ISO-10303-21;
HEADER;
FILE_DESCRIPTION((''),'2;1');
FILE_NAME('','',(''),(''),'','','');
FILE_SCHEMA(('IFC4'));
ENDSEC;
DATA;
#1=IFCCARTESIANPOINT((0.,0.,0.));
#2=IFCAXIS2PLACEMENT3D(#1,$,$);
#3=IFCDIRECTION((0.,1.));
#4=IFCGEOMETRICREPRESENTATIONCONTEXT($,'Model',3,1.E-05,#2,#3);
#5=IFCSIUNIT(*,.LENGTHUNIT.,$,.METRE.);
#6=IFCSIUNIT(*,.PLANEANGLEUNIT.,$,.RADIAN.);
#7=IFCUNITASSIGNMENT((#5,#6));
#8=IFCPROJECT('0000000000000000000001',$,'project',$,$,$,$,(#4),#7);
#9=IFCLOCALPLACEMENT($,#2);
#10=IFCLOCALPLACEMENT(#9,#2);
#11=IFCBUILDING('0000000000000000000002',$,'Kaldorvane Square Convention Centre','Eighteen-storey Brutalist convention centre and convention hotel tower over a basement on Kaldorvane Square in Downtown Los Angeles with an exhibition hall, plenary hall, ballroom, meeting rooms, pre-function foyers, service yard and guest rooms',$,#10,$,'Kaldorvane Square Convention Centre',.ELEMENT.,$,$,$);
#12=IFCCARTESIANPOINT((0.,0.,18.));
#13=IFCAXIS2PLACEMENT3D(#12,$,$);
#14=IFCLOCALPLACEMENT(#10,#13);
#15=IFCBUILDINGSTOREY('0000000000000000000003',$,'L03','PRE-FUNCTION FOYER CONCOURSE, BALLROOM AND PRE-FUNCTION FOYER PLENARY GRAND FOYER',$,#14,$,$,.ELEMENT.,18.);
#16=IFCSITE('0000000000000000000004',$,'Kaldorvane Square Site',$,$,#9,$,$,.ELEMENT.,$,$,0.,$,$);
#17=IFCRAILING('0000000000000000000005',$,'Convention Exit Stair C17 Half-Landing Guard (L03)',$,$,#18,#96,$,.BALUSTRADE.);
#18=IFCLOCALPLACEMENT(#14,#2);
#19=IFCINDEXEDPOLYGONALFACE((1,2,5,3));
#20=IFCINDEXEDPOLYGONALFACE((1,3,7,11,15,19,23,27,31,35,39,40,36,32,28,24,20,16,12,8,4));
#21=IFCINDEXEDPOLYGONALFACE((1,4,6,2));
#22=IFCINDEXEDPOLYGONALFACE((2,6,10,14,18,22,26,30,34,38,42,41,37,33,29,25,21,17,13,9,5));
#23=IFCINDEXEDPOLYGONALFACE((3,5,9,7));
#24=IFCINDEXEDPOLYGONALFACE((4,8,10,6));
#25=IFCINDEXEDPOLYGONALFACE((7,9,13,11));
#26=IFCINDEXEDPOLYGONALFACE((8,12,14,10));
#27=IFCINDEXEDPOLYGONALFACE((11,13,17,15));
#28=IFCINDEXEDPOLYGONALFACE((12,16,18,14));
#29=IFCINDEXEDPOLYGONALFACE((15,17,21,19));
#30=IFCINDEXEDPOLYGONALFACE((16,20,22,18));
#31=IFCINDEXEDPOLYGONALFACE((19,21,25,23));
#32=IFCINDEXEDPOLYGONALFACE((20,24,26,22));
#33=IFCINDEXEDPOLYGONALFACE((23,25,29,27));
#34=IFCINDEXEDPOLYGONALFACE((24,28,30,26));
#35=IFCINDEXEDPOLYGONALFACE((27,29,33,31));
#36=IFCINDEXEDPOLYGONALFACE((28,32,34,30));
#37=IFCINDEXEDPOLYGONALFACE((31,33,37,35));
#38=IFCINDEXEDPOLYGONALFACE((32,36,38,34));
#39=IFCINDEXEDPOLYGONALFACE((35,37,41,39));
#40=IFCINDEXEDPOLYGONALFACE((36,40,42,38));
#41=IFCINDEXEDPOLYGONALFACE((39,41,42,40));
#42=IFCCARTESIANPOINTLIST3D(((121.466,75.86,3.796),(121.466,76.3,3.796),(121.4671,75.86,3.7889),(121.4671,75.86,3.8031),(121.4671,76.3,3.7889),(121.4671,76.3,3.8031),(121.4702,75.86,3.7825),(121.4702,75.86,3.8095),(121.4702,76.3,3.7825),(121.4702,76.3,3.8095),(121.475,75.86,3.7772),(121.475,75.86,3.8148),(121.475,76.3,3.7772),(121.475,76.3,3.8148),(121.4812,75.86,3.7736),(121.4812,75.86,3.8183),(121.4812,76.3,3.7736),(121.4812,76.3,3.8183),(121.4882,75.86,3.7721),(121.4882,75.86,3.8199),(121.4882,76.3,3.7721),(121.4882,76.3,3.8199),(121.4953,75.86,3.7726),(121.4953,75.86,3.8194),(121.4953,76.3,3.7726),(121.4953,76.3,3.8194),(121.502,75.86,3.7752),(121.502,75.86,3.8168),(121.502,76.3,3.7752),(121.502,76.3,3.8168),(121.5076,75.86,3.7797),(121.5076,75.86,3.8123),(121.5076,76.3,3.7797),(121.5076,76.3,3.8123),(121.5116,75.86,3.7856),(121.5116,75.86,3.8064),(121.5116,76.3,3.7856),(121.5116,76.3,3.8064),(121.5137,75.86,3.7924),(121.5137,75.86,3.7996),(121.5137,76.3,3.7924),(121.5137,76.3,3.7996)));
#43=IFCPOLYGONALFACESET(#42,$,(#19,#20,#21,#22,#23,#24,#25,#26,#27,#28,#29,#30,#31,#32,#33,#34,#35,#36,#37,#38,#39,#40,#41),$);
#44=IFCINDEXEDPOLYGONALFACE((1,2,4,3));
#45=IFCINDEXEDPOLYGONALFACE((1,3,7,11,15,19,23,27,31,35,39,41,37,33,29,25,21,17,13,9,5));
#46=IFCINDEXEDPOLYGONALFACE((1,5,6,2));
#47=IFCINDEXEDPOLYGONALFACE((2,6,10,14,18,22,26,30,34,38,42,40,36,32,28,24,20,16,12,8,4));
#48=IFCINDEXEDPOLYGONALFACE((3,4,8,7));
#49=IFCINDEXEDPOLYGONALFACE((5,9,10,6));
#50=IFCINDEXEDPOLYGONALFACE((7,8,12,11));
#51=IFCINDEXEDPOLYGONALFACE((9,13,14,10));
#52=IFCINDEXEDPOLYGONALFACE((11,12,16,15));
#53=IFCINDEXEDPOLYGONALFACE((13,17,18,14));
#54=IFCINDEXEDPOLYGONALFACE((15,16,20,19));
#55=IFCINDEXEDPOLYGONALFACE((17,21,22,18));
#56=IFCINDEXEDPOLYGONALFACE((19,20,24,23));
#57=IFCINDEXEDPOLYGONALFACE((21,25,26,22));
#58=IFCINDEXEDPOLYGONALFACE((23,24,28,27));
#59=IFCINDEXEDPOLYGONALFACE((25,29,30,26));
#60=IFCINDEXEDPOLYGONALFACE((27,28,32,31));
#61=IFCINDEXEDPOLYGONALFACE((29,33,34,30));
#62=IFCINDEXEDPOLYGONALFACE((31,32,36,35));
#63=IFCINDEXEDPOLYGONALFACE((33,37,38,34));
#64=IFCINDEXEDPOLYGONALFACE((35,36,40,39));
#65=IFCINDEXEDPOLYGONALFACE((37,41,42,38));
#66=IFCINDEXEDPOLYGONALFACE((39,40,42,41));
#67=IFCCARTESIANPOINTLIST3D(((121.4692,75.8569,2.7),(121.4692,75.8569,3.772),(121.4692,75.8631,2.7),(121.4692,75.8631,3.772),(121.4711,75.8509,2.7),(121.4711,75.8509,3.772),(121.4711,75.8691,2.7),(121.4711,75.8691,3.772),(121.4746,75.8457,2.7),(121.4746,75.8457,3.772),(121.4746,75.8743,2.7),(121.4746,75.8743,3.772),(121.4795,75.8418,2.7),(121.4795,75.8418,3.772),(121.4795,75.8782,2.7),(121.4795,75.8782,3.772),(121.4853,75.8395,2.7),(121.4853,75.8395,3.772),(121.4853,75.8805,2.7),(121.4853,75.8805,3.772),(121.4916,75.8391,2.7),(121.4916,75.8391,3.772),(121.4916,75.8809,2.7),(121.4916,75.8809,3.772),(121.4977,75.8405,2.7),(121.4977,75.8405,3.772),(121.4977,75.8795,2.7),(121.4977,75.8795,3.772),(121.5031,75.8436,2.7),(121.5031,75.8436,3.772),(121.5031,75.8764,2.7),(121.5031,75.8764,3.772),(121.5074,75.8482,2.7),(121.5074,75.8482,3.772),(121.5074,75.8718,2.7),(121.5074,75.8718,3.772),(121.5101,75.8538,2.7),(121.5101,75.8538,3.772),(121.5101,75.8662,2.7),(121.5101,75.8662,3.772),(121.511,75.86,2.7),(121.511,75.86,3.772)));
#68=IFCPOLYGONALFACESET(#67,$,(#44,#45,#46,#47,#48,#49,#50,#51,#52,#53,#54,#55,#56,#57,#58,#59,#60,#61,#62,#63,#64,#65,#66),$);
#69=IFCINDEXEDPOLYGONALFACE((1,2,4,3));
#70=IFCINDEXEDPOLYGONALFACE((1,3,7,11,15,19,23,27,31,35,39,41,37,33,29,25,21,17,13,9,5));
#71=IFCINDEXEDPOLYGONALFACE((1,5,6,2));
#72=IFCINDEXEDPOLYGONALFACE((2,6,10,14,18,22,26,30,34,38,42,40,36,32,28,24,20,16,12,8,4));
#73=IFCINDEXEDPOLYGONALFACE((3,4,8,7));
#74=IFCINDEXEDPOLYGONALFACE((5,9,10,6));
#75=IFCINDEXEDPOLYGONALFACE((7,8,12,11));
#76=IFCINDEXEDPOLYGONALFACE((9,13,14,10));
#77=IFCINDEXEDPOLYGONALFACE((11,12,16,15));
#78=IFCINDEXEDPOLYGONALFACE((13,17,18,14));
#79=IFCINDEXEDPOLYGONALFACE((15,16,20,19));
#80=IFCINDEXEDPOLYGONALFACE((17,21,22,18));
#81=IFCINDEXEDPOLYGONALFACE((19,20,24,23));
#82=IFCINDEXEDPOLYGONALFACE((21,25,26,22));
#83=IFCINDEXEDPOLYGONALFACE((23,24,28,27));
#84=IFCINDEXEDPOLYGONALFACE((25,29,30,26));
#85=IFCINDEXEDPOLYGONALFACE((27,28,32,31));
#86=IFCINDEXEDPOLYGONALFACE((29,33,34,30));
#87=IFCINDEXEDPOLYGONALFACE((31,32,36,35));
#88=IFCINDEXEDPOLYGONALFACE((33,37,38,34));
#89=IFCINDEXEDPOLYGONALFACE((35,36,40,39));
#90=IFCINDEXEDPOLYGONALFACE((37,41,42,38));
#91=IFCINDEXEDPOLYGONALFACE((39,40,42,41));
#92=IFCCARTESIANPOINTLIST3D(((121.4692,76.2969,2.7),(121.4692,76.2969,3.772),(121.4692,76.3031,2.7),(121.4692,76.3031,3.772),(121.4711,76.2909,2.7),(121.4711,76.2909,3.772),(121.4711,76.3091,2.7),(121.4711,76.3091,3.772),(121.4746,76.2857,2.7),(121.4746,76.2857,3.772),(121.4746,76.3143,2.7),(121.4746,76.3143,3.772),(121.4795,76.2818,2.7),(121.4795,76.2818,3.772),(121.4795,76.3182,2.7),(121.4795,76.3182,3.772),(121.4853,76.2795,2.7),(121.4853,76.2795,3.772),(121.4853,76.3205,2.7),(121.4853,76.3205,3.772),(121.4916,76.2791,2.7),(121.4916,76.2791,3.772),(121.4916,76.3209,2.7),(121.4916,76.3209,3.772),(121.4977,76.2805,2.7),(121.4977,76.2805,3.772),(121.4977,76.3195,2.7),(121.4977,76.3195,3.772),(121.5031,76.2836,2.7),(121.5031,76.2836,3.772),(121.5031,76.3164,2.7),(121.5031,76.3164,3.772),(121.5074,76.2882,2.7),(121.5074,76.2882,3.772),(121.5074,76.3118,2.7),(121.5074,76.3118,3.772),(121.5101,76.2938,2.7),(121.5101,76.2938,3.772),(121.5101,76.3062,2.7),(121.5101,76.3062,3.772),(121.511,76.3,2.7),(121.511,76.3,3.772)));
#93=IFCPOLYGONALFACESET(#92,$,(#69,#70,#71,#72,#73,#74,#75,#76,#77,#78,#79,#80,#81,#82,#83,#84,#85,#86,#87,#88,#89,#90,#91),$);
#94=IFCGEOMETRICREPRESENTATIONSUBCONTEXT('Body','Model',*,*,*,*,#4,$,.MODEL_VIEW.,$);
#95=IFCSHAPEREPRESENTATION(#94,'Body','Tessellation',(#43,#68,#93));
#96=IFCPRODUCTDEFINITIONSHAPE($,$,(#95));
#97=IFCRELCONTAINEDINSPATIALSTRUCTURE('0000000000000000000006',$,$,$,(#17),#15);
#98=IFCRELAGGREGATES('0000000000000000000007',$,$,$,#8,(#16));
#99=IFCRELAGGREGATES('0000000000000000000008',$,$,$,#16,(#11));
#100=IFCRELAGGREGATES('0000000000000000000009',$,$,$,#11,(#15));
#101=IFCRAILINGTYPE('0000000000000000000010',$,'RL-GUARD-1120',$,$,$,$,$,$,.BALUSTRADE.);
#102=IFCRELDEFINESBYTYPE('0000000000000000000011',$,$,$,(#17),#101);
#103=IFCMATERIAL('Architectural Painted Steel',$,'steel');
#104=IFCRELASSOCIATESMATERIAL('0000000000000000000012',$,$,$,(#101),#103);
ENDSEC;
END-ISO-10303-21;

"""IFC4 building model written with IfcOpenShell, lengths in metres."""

from ifc_helpers import new_model, si_unit, direction, frame, origin, origin_2d, place, context, subcontext, project, spatial, circle, extrude, material, type_object, element, save


model = new_model("IFC4")

# Units and contexts
model_context = context("Model", 3, precision=1e-05, world=origin(), true_north=direction((0.0, 1.0)))
body_context = subcontext(model_context, "Body", "Model", "MODEL_VIEW")
ifc_project = project(units=[si_unit("LENGTHUNIT", "METRE"), si_unit("PLANEANGLEUNIT", "RADIAN")], contexts=[model_context])

# Site, building, storey
site_placement = place(None, origin())
site = spatial("IfcSite", under=ifc_project, at=site_placement, Name="Kaldorvane Square Site", CompositionType="ELEMENT", RefElevation=0.0)
building_placement = place(site_placement, origin())
building = spatial("IfcBuilding", under=site, at=building_placement, Name="Kaldorvane Square Convention Centre", Description="Eighteen-storey Brutalist convention centre and convention hotel tower over a basement on Kaldorvane Square in Downtown Los Angeles with an exhibition hall, plenary hall, ballroom, meeting rooms, pre-function foyers, service yard and guest rooms", LongName="Kaldorvane Square Convention Centre", CompositionType="ELEMENT")
storey_placement = place(building_placement, frame((0.0, 0.0, 18.0)))
storey = spatial("IfcBuildingStorey", under=building, at=storey_placement, Name="L03", Description="PRE-FUNCTION FOYER CONCOURSE, BALLROOM AND PRE-FUNCTION FOYER PLENARY GRAND FOYER", CompositionType="ELEMENT", Elevation=18.0)

# Railing
ifc_material_1 = material(Name="Architectural Painted Steel", Category="steel")
railing_type_1 = type_object("IfcRailingType", Name="RL-GUARD-1120", PredefinedType="BALUSTRADE", material=ifc_material_1)
railing_1_placement = place(storey_placement, frame((121.49, 75.86, 2.7)))
element("IfcRailing", 1, at=railing_1_placement, inside=storey, type_object=railing_type_1, Name="Convention Exit Stair C17 Half-Landing Guard (L03)", PredefinedType="BALUSTRADE", context=body_context, shape_type="SweptSolid", body=[
    extrude(circle(Radius=0.024, at=origin_2d()), frame((0.0, 0.0, 1.096), z_axis=(0.0, 1.0, 0.0), x_axis=(-1.0, 0.0, 0.0)), (0.0, 0.0, 1.0), 0.44),
    extrude(circle(Radius=0.021, at=origin_2d()), origin(), (0.0, 0.0, 1.0), 1.072),
    extrude(circle(Radius=0.021, at=origin_2d()), frame((0.0, 0.44, 0.0)), (0.0, 0.0, 1.0), 1.072),
])

save(model, "model.ifc")
